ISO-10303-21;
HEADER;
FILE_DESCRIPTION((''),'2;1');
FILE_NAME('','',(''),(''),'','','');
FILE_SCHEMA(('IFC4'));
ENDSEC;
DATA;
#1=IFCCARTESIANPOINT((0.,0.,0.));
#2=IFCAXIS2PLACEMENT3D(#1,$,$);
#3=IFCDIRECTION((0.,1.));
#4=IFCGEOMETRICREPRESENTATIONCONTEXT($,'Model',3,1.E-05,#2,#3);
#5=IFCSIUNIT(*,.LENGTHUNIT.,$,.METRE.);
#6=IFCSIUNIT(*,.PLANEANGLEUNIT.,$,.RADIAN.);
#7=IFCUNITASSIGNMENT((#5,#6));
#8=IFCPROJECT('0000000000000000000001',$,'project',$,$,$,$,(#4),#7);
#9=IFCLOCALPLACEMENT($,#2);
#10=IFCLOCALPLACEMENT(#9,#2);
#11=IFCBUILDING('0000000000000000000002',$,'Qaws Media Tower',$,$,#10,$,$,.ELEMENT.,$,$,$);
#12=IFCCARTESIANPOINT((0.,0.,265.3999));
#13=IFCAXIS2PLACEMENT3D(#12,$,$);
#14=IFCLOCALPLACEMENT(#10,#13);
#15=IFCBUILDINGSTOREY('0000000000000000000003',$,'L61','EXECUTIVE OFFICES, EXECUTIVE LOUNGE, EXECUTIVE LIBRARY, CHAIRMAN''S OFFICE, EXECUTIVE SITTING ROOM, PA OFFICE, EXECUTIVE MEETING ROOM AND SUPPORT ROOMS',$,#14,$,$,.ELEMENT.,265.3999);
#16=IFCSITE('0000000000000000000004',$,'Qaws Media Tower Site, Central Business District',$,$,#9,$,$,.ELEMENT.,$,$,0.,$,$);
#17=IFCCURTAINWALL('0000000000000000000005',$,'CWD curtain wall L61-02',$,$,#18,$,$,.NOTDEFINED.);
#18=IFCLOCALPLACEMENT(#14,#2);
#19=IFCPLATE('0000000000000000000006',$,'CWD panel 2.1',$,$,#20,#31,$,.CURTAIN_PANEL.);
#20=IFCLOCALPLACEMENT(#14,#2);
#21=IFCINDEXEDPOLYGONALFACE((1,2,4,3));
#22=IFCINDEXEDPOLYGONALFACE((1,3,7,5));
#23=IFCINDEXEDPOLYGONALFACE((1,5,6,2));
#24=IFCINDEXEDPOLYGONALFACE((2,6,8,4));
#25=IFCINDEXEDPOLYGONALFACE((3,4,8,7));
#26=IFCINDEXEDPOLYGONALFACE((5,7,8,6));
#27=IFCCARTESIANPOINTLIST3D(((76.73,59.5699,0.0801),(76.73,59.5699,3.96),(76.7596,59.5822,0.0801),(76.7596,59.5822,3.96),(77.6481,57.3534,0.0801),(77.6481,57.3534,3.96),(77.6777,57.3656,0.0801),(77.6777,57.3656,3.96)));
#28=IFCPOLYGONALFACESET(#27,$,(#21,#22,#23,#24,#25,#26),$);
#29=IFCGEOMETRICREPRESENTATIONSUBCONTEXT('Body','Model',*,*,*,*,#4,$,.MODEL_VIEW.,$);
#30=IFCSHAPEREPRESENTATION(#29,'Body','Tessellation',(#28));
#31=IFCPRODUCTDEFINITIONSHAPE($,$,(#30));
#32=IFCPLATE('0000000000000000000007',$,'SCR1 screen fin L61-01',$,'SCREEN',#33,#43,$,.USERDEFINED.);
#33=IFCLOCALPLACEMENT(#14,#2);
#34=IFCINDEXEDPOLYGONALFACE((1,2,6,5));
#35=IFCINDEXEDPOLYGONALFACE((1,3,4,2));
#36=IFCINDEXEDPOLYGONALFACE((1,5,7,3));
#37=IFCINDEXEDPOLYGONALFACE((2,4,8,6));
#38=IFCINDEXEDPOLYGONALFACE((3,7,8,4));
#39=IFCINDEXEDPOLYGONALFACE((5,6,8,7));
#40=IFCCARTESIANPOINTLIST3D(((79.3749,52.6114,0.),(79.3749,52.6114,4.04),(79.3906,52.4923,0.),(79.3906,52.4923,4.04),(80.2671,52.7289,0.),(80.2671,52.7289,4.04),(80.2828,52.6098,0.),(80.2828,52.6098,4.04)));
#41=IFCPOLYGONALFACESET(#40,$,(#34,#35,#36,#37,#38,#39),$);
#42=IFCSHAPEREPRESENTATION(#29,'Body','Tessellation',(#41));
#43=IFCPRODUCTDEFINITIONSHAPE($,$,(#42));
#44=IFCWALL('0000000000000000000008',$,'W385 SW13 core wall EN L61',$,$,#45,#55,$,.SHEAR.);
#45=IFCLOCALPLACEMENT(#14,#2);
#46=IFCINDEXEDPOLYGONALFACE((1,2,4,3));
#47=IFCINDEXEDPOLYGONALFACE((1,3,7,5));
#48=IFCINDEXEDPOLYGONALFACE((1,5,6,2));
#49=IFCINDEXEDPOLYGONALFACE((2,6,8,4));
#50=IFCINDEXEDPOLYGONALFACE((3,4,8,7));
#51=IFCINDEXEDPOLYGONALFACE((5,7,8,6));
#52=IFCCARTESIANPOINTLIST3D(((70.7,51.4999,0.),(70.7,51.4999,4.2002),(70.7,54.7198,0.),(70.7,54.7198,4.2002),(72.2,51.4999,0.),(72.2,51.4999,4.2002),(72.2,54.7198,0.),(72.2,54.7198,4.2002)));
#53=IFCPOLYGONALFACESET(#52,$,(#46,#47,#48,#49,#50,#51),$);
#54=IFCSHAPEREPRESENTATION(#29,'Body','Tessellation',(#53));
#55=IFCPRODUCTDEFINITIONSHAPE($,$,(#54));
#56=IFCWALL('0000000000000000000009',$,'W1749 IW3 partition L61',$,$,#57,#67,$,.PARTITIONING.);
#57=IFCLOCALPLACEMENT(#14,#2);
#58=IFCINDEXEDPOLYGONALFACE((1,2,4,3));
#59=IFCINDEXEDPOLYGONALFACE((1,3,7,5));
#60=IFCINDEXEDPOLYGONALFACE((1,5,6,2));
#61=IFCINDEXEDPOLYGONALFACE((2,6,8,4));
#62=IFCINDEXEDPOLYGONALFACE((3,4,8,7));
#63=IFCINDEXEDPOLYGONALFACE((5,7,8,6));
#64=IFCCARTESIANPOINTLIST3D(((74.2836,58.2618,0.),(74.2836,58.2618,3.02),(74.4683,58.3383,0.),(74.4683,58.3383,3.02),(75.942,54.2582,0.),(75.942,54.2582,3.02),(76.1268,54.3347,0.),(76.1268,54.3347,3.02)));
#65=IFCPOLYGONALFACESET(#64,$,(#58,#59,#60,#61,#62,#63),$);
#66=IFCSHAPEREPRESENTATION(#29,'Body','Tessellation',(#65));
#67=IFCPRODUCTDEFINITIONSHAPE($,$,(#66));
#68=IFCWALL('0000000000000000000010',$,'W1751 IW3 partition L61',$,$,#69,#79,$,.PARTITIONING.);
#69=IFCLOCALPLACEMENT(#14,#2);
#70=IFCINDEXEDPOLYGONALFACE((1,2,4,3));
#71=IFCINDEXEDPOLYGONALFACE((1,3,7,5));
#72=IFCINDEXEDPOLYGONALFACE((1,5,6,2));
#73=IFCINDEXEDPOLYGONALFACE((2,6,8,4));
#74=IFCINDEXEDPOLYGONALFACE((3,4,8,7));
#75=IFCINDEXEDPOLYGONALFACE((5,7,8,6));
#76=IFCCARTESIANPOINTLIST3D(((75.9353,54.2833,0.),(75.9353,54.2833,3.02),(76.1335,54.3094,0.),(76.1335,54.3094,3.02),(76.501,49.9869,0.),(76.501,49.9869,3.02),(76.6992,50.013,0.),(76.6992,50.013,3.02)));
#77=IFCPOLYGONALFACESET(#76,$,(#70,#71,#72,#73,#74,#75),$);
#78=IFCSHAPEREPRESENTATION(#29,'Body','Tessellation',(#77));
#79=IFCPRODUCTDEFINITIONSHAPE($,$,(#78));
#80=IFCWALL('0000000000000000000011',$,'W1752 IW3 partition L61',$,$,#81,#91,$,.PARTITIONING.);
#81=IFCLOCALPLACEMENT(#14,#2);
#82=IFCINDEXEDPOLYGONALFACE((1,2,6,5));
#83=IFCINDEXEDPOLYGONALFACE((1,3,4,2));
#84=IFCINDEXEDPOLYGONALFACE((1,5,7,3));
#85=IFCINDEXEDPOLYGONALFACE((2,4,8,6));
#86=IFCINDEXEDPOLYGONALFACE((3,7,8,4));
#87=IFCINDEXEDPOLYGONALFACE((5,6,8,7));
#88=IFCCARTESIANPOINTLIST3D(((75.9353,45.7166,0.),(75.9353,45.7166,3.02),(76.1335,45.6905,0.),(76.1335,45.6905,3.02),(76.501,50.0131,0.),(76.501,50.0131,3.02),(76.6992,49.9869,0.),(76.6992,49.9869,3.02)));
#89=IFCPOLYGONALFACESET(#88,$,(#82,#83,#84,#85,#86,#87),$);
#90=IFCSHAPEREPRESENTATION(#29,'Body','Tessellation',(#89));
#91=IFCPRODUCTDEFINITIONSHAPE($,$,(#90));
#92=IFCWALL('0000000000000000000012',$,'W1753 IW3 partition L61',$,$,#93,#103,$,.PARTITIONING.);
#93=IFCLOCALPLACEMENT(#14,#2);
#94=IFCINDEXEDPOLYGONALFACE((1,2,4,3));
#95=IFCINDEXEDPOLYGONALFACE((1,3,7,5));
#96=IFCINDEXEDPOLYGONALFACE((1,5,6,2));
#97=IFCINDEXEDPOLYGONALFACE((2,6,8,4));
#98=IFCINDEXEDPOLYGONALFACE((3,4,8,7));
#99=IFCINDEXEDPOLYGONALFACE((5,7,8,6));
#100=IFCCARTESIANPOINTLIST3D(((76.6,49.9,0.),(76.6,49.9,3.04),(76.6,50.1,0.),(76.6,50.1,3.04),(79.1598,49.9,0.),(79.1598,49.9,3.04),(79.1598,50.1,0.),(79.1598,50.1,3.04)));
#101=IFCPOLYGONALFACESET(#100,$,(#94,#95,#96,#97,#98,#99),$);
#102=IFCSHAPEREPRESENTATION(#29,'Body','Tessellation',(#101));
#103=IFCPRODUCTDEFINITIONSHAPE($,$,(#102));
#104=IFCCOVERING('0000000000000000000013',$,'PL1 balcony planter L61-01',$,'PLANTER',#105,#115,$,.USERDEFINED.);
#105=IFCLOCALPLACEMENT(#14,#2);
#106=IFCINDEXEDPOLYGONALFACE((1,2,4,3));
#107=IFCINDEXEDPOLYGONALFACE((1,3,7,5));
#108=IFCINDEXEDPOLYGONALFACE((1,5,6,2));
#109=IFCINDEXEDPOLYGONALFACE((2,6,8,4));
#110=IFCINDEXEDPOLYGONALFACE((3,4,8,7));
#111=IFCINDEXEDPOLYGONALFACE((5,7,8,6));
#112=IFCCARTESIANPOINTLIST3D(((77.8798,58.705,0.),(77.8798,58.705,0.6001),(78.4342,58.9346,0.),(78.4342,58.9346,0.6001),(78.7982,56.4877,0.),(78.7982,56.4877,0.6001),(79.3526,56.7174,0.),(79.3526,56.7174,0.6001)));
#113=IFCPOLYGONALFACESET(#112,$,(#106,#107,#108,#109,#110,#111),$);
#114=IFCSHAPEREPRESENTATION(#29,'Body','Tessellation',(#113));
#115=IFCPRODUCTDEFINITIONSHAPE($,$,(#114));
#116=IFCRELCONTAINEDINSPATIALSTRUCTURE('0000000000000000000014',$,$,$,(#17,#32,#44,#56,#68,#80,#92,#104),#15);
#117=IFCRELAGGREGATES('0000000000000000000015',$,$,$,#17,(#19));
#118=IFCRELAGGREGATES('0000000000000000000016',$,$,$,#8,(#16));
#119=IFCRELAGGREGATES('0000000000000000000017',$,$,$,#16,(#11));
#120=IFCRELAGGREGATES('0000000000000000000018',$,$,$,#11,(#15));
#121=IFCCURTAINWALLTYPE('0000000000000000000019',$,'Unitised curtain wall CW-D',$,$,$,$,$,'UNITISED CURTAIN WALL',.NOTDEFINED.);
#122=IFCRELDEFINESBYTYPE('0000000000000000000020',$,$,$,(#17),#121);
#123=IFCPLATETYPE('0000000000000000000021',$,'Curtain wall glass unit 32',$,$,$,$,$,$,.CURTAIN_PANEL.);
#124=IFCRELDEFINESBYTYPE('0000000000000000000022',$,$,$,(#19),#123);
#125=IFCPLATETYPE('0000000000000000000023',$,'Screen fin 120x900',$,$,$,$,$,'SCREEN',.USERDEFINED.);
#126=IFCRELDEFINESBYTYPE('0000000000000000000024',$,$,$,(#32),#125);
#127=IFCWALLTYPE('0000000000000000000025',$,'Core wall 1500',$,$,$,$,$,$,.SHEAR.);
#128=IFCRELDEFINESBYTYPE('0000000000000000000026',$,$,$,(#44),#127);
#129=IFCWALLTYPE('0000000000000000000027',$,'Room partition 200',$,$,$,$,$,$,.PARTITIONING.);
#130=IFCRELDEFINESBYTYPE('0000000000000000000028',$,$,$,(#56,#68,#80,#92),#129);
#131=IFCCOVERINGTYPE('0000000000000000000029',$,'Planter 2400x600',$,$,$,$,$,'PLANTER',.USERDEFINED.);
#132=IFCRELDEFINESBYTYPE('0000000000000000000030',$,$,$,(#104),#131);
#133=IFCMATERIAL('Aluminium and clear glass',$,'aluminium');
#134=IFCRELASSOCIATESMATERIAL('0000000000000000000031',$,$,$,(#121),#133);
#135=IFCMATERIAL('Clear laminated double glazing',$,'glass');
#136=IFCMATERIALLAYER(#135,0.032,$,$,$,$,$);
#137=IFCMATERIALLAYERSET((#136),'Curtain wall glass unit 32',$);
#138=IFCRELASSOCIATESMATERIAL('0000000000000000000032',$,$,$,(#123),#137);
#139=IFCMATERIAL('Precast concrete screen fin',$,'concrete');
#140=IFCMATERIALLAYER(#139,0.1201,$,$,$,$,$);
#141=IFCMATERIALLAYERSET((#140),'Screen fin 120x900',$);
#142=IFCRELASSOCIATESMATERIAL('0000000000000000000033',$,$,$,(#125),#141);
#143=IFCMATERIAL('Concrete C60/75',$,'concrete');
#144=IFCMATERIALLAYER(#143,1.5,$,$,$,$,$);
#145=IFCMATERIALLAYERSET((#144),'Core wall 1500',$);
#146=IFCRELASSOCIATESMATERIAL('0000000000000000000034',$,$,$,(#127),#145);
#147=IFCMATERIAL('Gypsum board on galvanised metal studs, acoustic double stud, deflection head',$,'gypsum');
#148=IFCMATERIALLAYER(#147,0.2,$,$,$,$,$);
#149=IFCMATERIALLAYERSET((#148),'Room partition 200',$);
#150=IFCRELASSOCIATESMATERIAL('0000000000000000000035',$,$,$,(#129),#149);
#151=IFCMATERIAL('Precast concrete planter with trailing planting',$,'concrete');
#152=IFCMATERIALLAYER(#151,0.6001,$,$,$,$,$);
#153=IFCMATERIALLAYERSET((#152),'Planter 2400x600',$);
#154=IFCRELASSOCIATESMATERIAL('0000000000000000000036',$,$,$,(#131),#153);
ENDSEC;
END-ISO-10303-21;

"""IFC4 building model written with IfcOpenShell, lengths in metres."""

from ifc_helpers import new_model, si_unit, direction, frame, frame_2d, origin, origin_2d, place, context, subcontext, project, spatial, rectangle, extrude, material, layer, layer_set, type_object, element, aggregate, save


model = new_model("IFC4")

# Units and contexts
model_context = context("Model", 3, precision=1e-05, world=origin(), true_north=direction((0.0, 1.0)))
body_context = subcontext(model_context, "Body", "Model", "MODEL_VIEW")
ifc_project = project(units=[si_unit("LENGTHUNIT", "METRE"), si_unit("PLANEANGLEUNIT", "RADIAN")], contexts=[model_context])

# Site, building, storey
site_placement = place(None, origin())
site = spatial("IfcSite", under=ifc_project, at=site_placement, Name="Qaws Media Tower Site, Central Business District", CompositionType="ELEMENT", RefElevation=0.0)
building_placement = place(site_placement, origin())
building = spatial("IfcBuilding", under=site, at=building_placement, Name="Qaws Media Tower", CompositionType="ELEMENT")
storey_placement = place(building_placement, frame((0.0, 0.0, 265.3999)))
storey = spatial("IfcBuildingStorey", under=building, at=storey_placement, Name="L61", Description="EXECUTIVE OFFICES, EXECUTIVE LOUNGE, EXECUTIVE LIBRARY, CHAIRMAN'S OFFICE, EXECUTIVE SITTING ROOM, PA OFFICE, EXECUTIVE MEETING ROOM AND SUPPORT ROOMS", CompositionType="ELEMENT", Elevation=265.3999)

# Curtain wall
ifc_material_1 = material(Name="Aluminium and clear glass", Category="aluminium")
curtain_wall_type = type_object("IfcCurtainWallType", Name="Unitised curtain wall CW-D", ElementType="UNITISED CURTAIN WALL", PredefinedType="NOTDEFINED", material=ifc_material_1)
curtain_wall_1_placement = place(storey_placement, origin())
curtain_wall_1 = element("IfcCurtainWall", 1, at=curtain_wall_1_placement, inside=storey, type_object=curtain_wall_type, Name="CWD curtain wall L61-02", PredefinedType="NOTDEFINED")

# Plates
ifc_material_2 = material(Name="Clear laminated double glazing", Category="glass")
ifc_layer_1 = layer(ifc_material_2, 0.032)
ifc_layer_set_1 = layer_set([ifc_layer_1], Name="Curtain wall glass unit 32")
plate_type_1 = type_object("IfcPlateType", Name="Curtain wall glass unit 32", PredefinedType="CURTAIN_PANEL", material=ifc_layer_set_1)
plate_1_placement = place(storey_placement, frame((77.2039, 58.4678, 0.0801), z_axis=(0.0, 0.0, 1.0), x_axis=(-0.382683, 0.92388, 0.0)))
plate_1 = element("IfcPlate", 2, at=plate_1_placement, type_object=plate_type_1, Name="CWD panel 2.1", PredefinedType="CURTAIN_PANEL", context=body_context, shape_type="SweptSolid", body=[
    extrude(rectangle(XDim=2.3992, YDim=0.032, at=origin_2d()), origin(), (0.0, 0.0, 1.0), 3.8799),
])
aggregate(curtain_wall_1, [plate_1])
ifc_material_3 = material(Name="Precast concrete screen fin", Category="concrete")
ifc_layer_2 = layer(ifc_material_3, 0.1201)
ifc_layer_set_2 = layer_set([ifc_layer_2], Name="Screen fin 120x900")
plate_type_2 = type_object("IfcPlateType", Name="Screen fin 120x900", ElementType="SCREEN", PredefinedType="USERDEFINED", material=ifc_layer_set_2)
plate_2_placement = place(storey_placement, frame((79.8289, 52.6106, 0.0), z_axis=(0.0, 0.0, 1.0), x_axis=(0.991445, 0.130526, 0.0)))
element("IfcPlate", 3, at=plate_2_placement, inside=storey, type_object=plate_type_2, Name="SCR1 screen fin L61-01", ObjectType="SCREEN", PredefinedType="USERDEFINED", context=body_context, shape_type="SweptSolid", body=[
    extrude(rectangle(XDim=0.8999, YDim=0.1201, at=origin_2d()), origin(), (0.0, 0.0, 1.0), 4.04),
])

# Walls
ifc_material_4 = material(Name="Concrete C60/75", Category="concrete")
ifc_layer_3 = layer(ifc_material_4, 1.5)
ifc_layer_set_3 = layer_set([ifc_layer_3], Name="Core wall 1500")
wall_type_1 = type_object("IfcWallType", Name="Core wall 1500", PredefinedType="SHEAR", material=ifc_layer_set_3)
wall_1_placement = place(storey_placement, frame((71.45, 51.5, 0.0), z_axis=(0.0, 0.0, 1.0), x_axis=(0.0, 1.0, 0.0)))
element("IfcWall", 4, at=wall_1_placement, inside=storey, type_object=wall_type_1, Name="W385 SW13 core wall EN L61", PredefinedType="SHEAR", context=body_context, shape_type="SweptSolid", body=[
    extrude(rectangle(XDim=3.22, YDim=1.5, at=frame_2d((1.6099, 0.0))), origin(), (0.0, 0.0, 1.0), 4.2002),
])
ifc_material_5 = material(Name="Gypsum board on galvanised metal studs, acoustic double stud, deflection head", Category="gypsum")
ifc_layer_4 = layer(ifc_material_5, 0.2)
ifc_layer_set_4 = layer_set([ifc_layer_4], Name="Room partition 200")
wall_type_2 = type_object("IfcWallType", Name="Room partition 200", PredefinedType="PARTITIONING", material=ifc_layer_set_4)
for number, where, z_axis, x_axis, name in (
    (5, (74.376, 58.3, 0.0), (0.0, 0.0, 1.0), (0.382698, -0.923873, 0.0), "W1749 IW3 partition L61"),
    (6, (76.0344, 54.2964, 0.0), (0.0, 0.0, 1.0), (0.130536, -0.991444, 0.0), "W1751 IW3 partition L61"),
    (7, (76.6001, 50.0, 0.0), (0.0, 0.0, 1.0), (-0.130536, -0.991444, 0.0), "W1752 IW3 partition L61"),
):
    element("IfcWall", number, at=place(storey_placement, frame(where, z_axis=z_axis, x_axis=x_axis)), inside=storey, type_object=wall_type_2, Name=name, PredefinedType="PARTITIONING", context=body_context, shape_type="SweptSolid", body=[
        extrude(rectangle(XDim=4.3335, YDim=0.2, at=frame_2d((2.1667, 0.0))), origin(), (0.0, 0.0, 1.0), 3.02),
    ])
wall_2_placement = place(storey_placement, frame((76.6001, 50.0, 0.0), z_axis=(0.0, 0.0, 1.0), x_axis=(1.0, 0.0, 0.0)))
element("IfcWall", 8, at=wall_2_placement, inside=storey, type_object=wall_type_2, Name="W1753 IW3 partition L61", PredefinedType="PARTITIONING", context=body_context, shape_type="SweptSolid", body=[
    extrude(rectangle(XDim=2.5598, YDim=0.2, at=frame_2d((1.2798, 0.0))), origin(), (0.0, 0.0, 1.0), 3.04),
])

# Covering
ifc_material_6 = material(Name="Precast concrete planter with trailing planting", Category="concrete")
ifc_layer_5 = layer(ifc_material_6, 0.6001)
ifc_layer_set_5 = layer_set([ifc_layer_5], Name="Planter 2400x600")
covering_type = type_object("IfcCoveringType", Name="Planter 2400x600", ElementType="PLANTER", PredefinedType="USERDEFINED", material=ifc_layer_set_5)
covering_placement = place(storey_placement, frame((78.6162, 57.7112, 0.0), z_axis=(0.0, 0.0, 1.0), x_axis=(-0.382683, 0.92388, 0.0)))
element("IfcCovering", 9, at=covering_placement, inside=storey, type_object=covering_type, Name="PL1 balcony planter L61-01", ObjectType="PLANTER", PredefinedType="USERDEFINED", context=body_context, shape_type="SweptSolid", body=[
    extrude(rectangle(XDim=2.3999, YDim=0.6001, at=origin_2d()), origin(), (0.0, 0.0, 1.0), 0.6001),
])

save(model, "model.ifc")
